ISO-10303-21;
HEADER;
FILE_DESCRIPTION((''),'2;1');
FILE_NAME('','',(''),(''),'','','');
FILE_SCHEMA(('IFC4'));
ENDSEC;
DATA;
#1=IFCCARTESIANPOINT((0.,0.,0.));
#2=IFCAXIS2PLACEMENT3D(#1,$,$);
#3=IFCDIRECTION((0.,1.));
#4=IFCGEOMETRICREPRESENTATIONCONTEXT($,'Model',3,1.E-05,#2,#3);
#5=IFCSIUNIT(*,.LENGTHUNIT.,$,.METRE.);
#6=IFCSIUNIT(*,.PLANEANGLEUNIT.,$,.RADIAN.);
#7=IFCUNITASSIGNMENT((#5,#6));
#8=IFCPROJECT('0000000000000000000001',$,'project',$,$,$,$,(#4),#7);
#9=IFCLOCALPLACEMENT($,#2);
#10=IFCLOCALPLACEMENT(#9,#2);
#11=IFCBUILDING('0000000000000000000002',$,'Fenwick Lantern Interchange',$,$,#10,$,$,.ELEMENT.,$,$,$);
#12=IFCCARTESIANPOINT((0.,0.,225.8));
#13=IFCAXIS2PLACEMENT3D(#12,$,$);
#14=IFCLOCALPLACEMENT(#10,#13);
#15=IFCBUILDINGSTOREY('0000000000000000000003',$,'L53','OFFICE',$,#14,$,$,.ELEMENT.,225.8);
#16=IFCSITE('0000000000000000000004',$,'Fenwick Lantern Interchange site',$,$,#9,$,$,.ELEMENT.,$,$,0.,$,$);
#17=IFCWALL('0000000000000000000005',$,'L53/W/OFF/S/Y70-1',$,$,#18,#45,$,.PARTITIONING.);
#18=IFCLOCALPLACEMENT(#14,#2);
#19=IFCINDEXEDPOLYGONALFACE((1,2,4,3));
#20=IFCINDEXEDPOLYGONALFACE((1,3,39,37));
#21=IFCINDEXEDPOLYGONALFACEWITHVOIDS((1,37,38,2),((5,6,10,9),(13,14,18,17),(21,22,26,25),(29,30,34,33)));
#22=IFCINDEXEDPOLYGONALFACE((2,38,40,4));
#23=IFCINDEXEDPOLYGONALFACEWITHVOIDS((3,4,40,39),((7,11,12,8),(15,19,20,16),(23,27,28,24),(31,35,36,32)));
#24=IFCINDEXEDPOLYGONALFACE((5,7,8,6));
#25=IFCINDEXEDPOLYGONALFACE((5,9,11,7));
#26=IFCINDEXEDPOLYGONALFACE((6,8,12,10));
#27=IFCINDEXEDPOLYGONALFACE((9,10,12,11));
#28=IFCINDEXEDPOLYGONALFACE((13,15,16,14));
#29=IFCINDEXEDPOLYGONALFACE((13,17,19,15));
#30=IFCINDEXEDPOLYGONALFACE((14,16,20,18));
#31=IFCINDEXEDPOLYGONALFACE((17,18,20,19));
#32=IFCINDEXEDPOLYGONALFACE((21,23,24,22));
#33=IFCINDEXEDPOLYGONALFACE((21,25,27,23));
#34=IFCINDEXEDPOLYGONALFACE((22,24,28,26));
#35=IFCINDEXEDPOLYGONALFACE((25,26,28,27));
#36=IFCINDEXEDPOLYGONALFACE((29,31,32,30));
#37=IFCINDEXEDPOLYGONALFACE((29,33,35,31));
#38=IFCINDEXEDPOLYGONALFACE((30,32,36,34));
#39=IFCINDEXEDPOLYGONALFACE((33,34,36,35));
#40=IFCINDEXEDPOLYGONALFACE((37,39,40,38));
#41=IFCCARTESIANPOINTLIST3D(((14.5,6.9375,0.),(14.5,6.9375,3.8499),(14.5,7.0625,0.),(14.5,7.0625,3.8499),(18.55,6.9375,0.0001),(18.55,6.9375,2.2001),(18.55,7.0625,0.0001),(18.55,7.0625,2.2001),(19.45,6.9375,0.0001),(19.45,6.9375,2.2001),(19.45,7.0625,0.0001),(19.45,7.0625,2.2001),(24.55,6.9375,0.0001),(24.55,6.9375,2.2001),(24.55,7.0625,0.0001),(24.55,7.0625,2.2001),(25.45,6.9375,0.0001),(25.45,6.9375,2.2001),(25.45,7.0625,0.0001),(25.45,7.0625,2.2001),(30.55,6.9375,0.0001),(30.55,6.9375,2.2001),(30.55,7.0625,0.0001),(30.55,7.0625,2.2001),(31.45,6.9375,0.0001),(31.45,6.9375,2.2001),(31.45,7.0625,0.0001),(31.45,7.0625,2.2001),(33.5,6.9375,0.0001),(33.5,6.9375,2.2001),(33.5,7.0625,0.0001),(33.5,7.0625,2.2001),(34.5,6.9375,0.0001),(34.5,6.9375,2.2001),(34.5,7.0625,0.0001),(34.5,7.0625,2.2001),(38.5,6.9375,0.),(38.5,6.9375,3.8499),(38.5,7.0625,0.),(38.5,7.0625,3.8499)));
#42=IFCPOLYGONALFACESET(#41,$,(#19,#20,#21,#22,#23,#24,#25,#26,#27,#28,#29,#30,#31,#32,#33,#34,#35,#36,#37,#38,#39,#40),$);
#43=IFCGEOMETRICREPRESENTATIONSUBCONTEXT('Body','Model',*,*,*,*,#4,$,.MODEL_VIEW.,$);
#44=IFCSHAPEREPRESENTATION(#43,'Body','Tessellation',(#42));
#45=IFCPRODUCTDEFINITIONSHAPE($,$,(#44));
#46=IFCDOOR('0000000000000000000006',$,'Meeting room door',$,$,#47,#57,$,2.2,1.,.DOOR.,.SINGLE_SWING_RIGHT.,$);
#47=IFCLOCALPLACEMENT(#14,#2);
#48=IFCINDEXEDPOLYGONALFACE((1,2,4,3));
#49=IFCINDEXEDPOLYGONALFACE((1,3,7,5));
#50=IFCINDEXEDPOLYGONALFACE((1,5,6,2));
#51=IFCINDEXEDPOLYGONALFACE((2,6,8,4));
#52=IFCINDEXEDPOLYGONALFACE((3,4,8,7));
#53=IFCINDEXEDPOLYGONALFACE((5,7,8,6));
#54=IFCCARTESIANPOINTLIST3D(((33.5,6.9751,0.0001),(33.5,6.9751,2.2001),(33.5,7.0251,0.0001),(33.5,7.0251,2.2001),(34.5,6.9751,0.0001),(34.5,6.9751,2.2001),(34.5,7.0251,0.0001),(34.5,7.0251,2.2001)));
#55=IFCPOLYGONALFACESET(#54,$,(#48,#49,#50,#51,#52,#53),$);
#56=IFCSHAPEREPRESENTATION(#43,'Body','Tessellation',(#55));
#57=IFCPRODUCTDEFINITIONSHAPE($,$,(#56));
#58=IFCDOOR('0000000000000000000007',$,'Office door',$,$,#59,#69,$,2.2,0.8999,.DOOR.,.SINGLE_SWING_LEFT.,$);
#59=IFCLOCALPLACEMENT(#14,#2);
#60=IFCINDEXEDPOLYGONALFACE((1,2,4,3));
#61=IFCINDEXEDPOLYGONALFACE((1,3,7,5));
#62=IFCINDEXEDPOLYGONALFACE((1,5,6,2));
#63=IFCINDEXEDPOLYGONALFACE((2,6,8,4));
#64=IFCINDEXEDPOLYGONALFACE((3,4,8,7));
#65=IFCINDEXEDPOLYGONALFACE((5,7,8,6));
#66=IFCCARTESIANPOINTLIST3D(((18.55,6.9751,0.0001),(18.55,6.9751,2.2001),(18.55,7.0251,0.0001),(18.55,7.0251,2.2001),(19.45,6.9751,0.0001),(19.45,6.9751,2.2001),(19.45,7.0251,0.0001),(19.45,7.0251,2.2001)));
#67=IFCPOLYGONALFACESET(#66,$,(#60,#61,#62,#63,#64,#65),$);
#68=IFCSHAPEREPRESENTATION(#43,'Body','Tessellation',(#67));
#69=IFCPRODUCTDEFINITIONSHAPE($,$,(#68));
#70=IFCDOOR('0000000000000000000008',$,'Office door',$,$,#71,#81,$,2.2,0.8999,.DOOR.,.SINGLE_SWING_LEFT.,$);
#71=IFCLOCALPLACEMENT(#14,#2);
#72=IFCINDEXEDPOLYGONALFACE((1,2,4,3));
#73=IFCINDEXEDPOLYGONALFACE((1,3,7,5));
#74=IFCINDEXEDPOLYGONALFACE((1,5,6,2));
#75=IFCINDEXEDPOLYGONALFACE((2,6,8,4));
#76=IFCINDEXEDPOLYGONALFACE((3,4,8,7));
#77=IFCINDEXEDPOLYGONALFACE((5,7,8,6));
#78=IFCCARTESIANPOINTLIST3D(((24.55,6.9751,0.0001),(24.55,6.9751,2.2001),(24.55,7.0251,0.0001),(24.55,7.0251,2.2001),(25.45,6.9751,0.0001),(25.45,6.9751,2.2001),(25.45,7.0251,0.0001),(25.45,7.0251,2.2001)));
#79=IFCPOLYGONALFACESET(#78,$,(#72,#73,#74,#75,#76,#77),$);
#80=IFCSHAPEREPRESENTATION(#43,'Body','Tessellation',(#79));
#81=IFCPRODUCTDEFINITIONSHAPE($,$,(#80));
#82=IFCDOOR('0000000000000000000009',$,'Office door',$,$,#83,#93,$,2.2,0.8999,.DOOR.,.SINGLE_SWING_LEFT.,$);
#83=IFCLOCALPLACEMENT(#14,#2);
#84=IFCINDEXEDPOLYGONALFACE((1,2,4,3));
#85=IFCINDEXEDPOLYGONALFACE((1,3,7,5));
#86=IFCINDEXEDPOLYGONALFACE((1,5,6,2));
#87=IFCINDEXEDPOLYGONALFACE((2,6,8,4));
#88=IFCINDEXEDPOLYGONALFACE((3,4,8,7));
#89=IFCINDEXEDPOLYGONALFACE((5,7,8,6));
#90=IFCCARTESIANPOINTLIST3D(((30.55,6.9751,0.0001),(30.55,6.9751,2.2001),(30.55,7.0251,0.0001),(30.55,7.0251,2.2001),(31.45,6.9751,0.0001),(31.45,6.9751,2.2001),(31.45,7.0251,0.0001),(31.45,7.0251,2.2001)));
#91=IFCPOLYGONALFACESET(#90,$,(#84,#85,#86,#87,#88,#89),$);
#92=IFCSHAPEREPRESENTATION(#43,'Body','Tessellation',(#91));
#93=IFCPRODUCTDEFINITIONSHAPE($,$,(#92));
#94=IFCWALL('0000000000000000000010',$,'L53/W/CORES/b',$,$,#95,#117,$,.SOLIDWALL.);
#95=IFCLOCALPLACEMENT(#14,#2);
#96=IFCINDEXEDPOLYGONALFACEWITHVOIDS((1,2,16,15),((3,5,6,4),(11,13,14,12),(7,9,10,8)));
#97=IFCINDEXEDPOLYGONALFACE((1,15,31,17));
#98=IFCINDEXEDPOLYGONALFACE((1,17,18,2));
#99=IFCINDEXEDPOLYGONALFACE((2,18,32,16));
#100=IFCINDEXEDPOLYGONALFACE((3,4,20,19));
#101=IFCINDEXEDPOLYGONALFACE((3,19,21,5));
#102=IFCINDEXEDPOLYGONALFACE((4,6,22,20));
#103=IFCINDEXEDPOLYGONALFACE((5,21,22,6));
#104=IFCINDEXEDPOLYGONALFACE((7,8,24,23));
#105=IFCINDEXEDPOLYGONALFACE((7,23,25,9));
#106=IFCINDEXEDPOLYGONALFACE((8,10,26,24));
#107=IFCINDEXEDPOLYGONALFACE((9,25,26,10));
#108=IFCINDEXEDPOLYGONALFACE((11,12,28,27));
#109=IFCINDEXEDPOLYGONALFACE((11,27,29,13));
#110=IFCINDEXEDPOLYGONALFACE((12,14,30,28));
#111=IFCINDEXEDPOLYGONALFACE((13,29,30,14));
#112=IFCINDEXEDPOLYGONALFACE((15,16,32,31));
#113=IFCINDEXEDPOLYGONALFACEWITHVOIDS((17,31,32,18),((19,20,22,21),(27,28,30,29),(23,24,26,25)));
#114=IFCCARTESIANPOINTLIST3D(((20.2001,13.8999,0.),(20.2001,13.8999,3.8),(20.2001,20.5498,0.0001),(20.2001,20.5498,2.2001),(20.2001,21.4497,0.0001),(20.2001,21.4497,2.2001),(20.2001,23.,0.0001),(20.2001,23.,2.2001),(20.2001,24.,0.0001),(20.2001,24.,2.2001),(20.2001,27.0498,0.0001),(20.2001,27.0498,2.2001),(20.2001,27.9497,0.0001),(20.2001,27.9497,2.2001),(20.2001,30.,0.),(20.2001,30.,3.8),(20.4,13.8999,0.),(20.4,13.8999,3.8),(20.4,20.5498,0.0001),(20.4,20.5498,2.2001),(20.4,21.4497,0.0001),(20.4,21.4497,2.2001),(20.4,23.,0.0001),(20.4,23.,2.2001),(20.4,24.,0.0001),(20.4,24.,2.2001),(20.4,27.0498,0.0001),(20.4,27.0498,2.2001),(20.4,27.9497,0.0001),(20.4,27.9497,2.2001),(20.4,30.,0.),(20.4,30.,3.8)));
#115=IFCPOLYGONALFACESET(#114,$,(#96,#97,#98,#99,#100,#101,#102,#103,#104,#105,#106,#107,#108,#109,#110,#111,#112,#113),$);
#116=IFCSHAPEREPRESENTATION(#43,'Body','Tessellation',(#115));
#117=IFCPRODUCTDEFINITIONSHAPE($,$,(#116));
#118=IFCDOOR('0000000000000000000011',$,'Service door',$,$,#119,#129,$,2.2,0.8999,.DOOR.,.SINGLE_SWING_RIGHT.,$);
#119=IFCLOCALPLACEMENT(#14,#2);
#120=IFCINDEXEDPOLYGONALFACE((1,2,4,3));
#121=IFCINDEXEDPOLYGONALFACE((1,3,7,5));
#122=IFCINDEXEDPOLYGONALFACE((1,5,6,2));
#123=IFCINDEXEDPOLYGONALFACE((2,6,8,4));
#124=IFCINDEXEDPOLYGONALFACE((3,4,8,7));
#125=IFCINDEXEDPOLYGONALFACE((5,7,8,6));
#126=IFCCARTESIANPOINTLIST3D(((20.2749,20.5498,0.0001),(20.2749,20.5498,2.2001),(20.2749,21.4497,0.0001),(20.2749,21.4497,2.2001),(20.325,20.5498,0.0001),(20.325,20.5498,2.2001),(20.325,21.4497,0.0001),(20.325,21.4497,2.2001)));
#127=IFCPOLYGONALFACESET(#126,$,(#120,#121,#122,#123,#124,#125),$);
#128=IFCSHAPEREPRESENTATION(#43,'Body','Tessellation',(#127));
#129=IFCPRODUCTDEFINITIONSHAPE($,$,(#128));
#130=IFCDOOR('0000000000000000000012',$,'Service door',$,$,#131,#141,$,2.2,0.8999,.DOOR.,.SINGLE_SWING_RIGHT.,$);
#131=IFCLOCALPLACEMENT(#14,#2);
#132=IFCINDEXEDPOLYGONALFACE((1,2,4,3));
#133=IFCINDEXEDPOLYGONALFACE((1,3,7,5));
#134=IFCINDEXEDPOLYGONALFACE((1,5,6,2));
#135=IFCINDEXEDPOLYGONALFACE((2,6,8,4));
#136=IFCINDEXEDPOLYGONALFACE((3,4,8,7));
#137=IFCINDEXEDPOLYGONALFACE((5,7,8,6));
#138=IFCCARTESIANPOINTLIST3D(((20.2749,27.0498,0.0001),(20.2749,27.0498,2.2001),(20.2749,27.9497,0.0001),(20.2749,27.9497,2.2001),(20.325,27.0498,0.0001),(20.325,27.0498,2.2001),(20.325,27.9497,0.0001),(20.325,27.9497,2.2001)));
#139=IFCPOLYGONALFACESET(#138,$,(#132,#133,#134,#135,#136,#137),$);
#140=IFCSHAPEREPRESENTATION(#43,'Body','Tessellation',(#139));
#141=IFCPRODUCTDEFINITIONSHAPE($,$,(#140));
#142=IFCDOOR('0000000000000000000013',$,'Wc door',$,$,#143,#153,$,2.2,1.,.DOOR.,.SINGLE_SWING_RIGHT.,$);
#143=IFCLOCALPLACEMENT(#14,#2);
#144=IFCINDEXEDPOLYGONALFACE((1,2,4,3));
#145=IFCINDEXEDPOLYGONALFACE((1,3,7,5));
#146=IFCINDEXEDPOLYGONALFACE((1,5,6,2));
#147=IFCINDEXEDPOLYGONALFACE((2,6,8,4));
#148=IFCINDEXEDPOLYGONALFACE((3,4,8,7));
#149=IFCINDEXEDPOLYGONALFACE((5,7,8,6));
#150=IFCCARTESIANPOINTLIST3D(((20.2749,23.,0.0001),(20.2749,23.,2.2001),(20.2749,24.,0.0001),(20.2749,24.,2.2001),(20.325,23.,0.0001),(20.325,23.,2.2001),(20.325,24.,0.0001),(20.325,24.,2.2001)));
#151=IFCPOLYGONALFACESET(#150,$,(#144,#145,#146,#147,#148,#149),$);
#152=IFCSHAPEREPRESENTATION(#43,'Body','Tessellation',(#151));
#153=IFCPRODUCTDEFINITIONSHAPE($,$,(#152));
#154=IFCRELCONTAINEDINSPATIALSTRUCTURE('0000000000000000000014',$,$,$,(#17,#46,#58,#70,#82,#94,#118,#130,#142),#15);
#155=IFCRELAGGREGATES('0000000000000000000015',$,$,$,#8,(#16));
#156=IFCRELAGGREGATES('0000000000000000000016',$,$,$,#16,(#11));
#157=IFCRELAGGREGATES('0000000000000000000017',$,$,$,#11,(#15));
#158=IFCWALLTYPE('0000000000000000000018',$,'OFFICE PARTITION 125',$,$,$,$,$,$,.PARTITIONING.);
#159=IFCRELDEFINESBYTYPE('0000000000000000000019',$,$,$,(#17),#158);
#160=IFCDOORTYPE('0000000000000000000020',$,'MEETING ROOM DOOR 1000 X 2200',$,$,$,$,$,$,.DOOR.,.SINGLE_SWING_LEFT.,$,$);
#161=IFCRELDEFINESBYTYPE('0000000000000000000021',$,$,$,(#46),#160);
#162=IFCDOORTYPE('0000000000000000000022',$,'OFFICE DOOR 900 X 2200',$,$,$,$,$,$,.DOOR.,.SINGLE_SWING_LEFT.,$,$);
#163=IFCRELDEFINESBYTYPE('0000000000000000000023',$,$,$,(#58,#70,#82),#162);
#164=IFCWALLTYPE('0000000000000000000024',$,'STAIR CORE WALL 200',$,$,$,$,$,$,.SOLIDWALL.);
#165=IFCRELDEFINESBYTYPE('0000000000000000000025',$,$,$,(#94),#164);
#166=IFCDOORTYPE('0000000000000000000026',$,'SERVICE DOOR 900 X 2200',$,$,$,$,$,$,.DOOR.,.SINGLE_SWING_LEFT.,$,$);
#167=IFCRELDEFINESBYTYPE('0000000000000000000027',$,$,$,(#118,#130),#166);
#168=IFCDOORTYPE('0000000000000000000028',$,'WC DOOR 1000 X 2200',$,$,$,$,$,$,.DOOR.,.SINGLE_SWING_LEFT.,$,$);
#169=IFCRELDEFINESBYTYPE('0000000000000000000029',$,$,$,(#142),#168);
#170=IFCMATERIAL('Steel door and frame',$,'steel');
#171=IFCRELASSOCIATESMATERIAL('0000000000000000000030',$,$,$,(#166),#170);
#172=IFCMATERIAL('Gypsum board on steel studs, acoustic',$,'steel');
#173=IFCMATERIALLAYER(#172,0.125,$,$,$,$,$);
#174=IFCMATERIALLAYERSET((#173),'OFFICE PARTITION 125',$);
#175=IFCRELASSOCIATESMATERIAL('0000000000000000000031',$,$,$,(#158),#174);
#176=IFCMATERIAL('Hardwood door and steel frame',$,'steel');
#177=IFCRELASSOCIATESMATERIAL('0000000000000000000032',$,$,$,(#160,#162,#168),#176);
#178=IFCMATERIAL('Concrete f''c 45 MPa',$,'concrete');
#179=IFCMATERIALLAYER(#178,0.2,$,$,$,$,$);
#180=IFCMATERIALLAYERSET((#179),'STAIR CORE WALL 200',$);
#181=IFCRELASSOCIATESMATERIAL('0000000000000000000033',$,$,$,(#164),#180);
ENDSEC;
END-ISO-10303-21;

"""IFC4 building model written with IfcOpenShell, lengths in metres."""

from ifc_helpers import new_model, si_unit, direction, frame, frame_2d, origin, place, context, subcontext, project, spatial, rectangle, extrude, material, layer, layer_set, type_object, element, fill, save


model = new_model("IFC4")

# Units and contexts
model_context = context("Model", 3, precision=1e-05, world=origin(), true_north=direction((0.0, 1.0)))
body_context = subcontext(model_context, "Body", "Model", "MODEL_VIEW")
ifc_project = project(units=[si_unit("LENGTHUNIT", "METRE"), si_unit("PLANEANGLEUNIT", "RADIAN")], contexts=[model_context])

# Site, building, storey
site_placement = place(None, origin())
site = spatial("IfcSite", under=ifc_project, at=site_placement, Name="Fenwick Lantern Interchange site", CompositionType="ELEMENT", RefElevation=0.0)
building_placement = place(site_placement, origin())
building = spatial("IfcBuilding", under=site, at=building_placement, Name="Fenwick Lantern Interchange", CompositionType="ELEMENT")
storey_placement = place(building_placement, frame((0.0, 0.0, 225.8)))
storey = spatial("IfcBuildingStorey", under=building, at=storey_placement, Name="L53", Description="OFFICE", CompositionType="ELEMENT", Elevation=225.8)

# Shared definitions
ifc_material_1 = material(Name="Steel door and frame", Category="steel")
door_type_1 = type_object("IfcDoorType", Name="SERVICE DOOR 900 X 2200", OperationType="SINGLE_SWING_LEFT", PredefinedType="DOOR", material=ifc_material_1)

# Walls, openings, doors
ifc_material_2 = material(Name="Gypsum board on steel studs, acoustic", Category="steel")
ifc_layer_1 = layer(ifc_material_2, 0.125)
ifc_layer_set_1 = layer_set([ifc_layer_1], Name="OFFICE PARTITION 125")
wall_type_1 = type_object("IfcWallType", Name="OFFICE PARTITION 125", PredefinedType="PARTITIONING", material=ifc_layer_set_1)
wall_1_placement = place(storey_placement, frame((14.5, 7.0, 0.0), z_axis=(0.0, 0.0, 1.0), x_axis=(1.0, 0.0, 0.0)))
wall_1 = element("IfcWall", 1, at=wall_1_placement, inside=storey, type_object=wall_type_1, Name="L53/W/OFF/S/Y70-1", PredefinedType="PARTITIONING", context=body_context, shape_type="SweptSolid", body=[
    extrude(rectangle(XDim=24.0, YDim=0.125, at=frame_2d((12.0, 0.0))), origin(), (0.0, 0.0, 1.0), 3.8499),
])
opening_1_placement = place(wall_1_placement, frame((4.05, 0.0, 0.0)))
opening_1 = element("IfcOpeningElement", 2, at=opening_1_placement, cuts=wall_1, PredefinedType="OPENING", context=body_context, shape_type="SweptSolid", body=[
    extrude(rectangle(XDim=0.8999, YDim=2.2, at=frame_2d((0.45, 1.1001))), frame((0.0, 0.0725, 0.0), z_axis=(0.0, -1.0, 0.0), x_axis=(1.0, 0.0, 0.0)), (0.0, 0.0, 1.0), 0.145),
])
opening_2_placement = place(wall_1_placement, frame((10.05, 0.0, 0.0)))
opening_2 = element("IfcOpeningElement", 3, at=opening_2_placement, cuts=wall_1, PredefinedType="OPENING", context=body_context, shape_type="SweptSolid", body=[
    extrude(rectangle(XDim=0.8999, YDim=2.2, at=frame_2d((0.45, 1.1001))), frame((0.0, 0.0725, 0.0), z_axis=(0.0, -1.0, 0.0), x_axis=(1.0, 0.0, 0.0)), (0.0, 0.0, 1.0), 0.145),
])
opening_3_placement = place(wall_1_placement, frame((16.05, 0.0, 0.0)))
opening_3 = element("IfcOpeningElement", 4, at=opening_3_placement, cuts=wall_1, PredefinedType="OPENING", context=body_context, shape_type="SweptSolid", body=[
    extrude(rectangle(XDim=0.8999, YDim=2.2, at=frame_2d((0.45, 1.1001))), frame((0.0, 0.0725, 0.0), z_axis=(0.0, -1.0, 0.0), x_axis=(1.0, 0.0, 0.0)), (0.0, 0.0, 1.0), 0.145),
])
opening_4_placement = place(wall_1_placement, frame((19.0, 0.0, 0.0)))
opening_4 = element("IfcOpeningElement", 5, at=opening_4_placement, cuts=wall_1, PredefinedType="OPENING", context=body_context, shape_type="SweptSolid", body=[
    extrude(rectangle(XDim=1.0, YDim=2.2, at=frame_2d((0.5, 1.1001))), frame((0.0, 0.0725, 0.0), z_axis=(0.0, -1.0, 0.0), x_axis=(1.0, 0.0, 0.0)), (0.0, 0.0, 1.0), 0.145),
])
ifc_material_3 = material(Name="Hardwood door and steel frame", Category="steel")
door_type_2 = type_object("IfcDoorType", Name="MEETING ROOM DOOR 1000 X 2200", OperationType="SINGLE_SWING_LEFT", PredefinedType="DOOR", material=ifc_material_3)
door_1_placement = place(opening_4_placement, frame((1.0, 0.0, 0.0), z_axis=(0.0, 0.0, 1.0), x_axis=(-1.0, 0.0, 0.0)))
door_1 = element("IfcDoor", 6, at=door_1_placement, inside=storey, type_object=door_type_2, Name="Meeting room door", OperationType="SINGLE_SWING_RIGHT", OverallHeight=2.2, OverallWidth=1.0, PredefinedType="DOOR", context=body_context, shape_type="SweptSolid", body=[
    extrude(rectangle(XDim=1.0, YDim=2.2, at=frame_2d((0.5, 1.1001))), frame((0.0, 0.0249, 0.0), z_axis=(0.0, -1.0, 0.0), x_axis=(1.0, 0.0, 0.0)), (0.0, 0.0, 1.0), 0.05),
])
fill(opening_4, door_1)
door_type_3 = type_object("IfcDoorType", Name="OFFICE DOOR 900 X 2200", OperationType="SINGLE_SWING_LEFT", PredefinedType="DOOR", material=ifc_material_3)
door_2_placement = place(opening_1_placement, frame((0.8999, 0.0, 0.0), z_axis=(0.0, 0.0, 1.0), x_axis=(-1.0, 0.0, 0.0)))
door_2 = element("IfcDoor", 7, at=door_2_placement, inside=storey, type_object=door_type_3, Name="Office door", OperationType="SINGLE_SWING_LEFT", OverallHeight=2.2, OverallWidth=0.8999, PredefinedType="DOOR", context=body_context, shape_type="SweptSolid", body=[
    extrude(rectangle(XDim=0.8999, YDim=2.2, at=frame_2d((0.45, 1.1001))), frame((0.0, 0.0249, 0.0), z_axis=(0.0, -1.0, 0.0), x_axis=(1.0, 0.0, 0.0)), (0.0, 0.0, 1.0), 0.05),
])
fill(opening_1, door_2)
door_3_placement = place(opening_2_placement, frame((0.8999, 0.0, 0.0), z_axis=(0.0, 0.0, 1.0), x_axis=(-1.0, 0.0, 0.0)))
door_3 = element("IfcDoor", 8, at=door_3_placement, inside=storey, type_object=door_type_3, Name="Office door", OperationType="SINGLE_SWING_LEFT", OverallHeight=2.2, OverallWidth=0.8999, PredefinedType="DOOR", context=body_context, shape_type="SweptSolid", body=[
    extrude(rectangle(XDim=0.8999, YDim=2.2, at=frame_2d((0.45, 1.1001))), frame((0.0, 0.0249, 0.0), z_axis=(0.0, -1.0, 0.0), x_axis=(1.0, 0.0, 0.0)), (0.0, 0.0, 1.0), 0.05),
])
fill(opening_2, door_3)
door_4_placement = place(opening_3_placement, frame((0.8999, 0.0, 0.0), z_axis=(0.0, 0.0, 1.0), x_axis=(-1.0, 0.0, 0.0)))
door_4 = element("IfcDoor", 9, at=door_4_placement, inside=storey, type_object=door_type_3, Name="Office door", OperationType="SINGLE_SWING_LEFT", OverallHeight=2.2, OverallWidth=0.8999, PredefinedType="DOOR", context=body_context, shape_type="SweptSolid", body=[
    extrude(rectangle(XDim=0.8999, YDim=2.2, at=frame_2d((0.45, 1.1001))), frame((0.0, 0.0249, 0.0), z_axis=(0.0, -1.0, 0.0), x_axis=(1.0, 0.0, 0.0)), (0.0, 0.0, 1.0), 0.05),
])
fill(opening_3, door_4)
ifc_material_4 = material(Name="Concrete f'c 45 MPa", Category="concrete")
ifc_layer_2 = layer(ifc_material_4, 0.2)
ifc_layer_set_2 = layer_set([ifc_layer_2], Name="STAIR CORE WALL 200")
wall_type_2 = type_object("IfcWallType", Name="STAIR CORE WALL 200", PredefinedType="SOLIDWALL", material=ifc_layer_set_2)
wall_2_placement = place(storey_placement, frame((20.3, 13.8999, 0.0), z_axis=(0.0, 0.0, 1.0), x_axis=(0.0, 1.0, 0.0)))
wall_2 = element("IfcWall", 10, at=wall_2_placement, inside=storey, type_object=wall_type_2, Name="L53/W/CORES/b", PredefinedType="SOLIDWALL", context=body_context, shape_type="SweptSolid", body=[
    extrude(rectangle(XDim=16.1001, YDim=0.2, at=frame_2d((8.05, 0.0))), origin(), (0.0, 0.0, 1.0), 3.8),
])
opening_5_placement = place(wall_2_placement, frame((6.6499, 0.0, 0.0)))
opening_5 = element("IfcOpeningElement", 11, at=opening_5_placement, cuts=wall_2, PredefinedType="OPENING", context=body_context, shape_type="SweptSolid", body=[
    extrude(rectangle(XDim=0.8999, YDim=2.2, at=frame_2d((0.45, 1.1001))), frame((0.0, 0.1099, 0.0), z_axis=(0.0, -1.0, 0.0), x_axis=(1.0, 0.0, 0.0)), (0.0, 0.0, 1.0), 0.22),
])
opening_6_placement = place(wall_2_placement, frame((9.1001, 0.0, 0.0)))
opening_6 = element("IfcOpeningElement", 12, at=opening_6_placement, cuts=wall_2, PredefinedType="OPENING", context=body_context, shape_type="SweptSolid", body=[
    extrude(rectangle(XDim=1.0, YDim=2.2, at=frame_2d((0.5, 1.1001))), frame((0.0, 0.1099, 0.0), z_axis=(0.0, -1.0, 0.0), x_axis=(1.0, 0.0, 0.0)), (0.0, 0.0, 1.0), 0.22),
])
opening_7_placement = place(wall_2_placement, frame((13.1499, 0.0, 0.0)))
opening_7 = element("IfcOpeningElement", 13, at=opening_7_placement, cuts=wall_2, PredefinedType="OPENING", context=body_context, shape_type="SweptSolid", body=[
    extrude(rectangle(XDim=0.8999, YDim=2.2, at=frame_2d((0.45, 1.1001))), frame((0.0, 0.1099, 0.0), z_axis=(0.0, -1.0, 0.0), x_axis=(1.0, 0.0, 0.0)), (0.0, 0.0, 1.0), 0.22),
])
door_5_placement = place(opening_5_placement, frame((0.8999, 0.0, 0.0), z_axis=(0.0, 0.0, 1.0), x_axis=(-1.0, 0.0, 0.0)))
door_5 = element("IfcDoor", 14, at=door_5_placement, inside=storey, type_object=door_type_1, Name="Service door", OperationType="SINGLE_SWING_RIGHT", OverallHeight=2.2, OverallWidth=0.8999, PredefinedType="DOOR", context=body_context, shape_type="SweptSolid", body=[
    extrude(rectangle(XDim=0.8999, YDim=2.2, at=frame_2d((0.45, 1.1001))), frame((0.0, 0.0249, 0.0), z_axis=(0.0, -1.0, 0.0), x_axis=(1.0, 0.0, 0.0)), (0.0, 0.0, 1.0), 0.05),
])
fill(opening_5, door_5)
door_6_placement = place(opening_7_placement, frame((0.8999, 0.0, 0.0), z_axis=(0.0, 0.0, 1.0), x_axis=(-1.0, 0.0, 0.0)))
door_6 = element("IfcDoor", 15, at=door_6_placement, inside=storey, type_object=door_type_1, Name="Service door", OperationType="SINGLE_SWING_RIGHT", OverallHeight=2.2, OverallWidth=0.8999, PredefinedType="DOOR", context=body_context, shape_type="SweptSolid", body=[
    extrude(rectangle(XDim=0.8999, YDim=2.2, at=frame_2d((0.45, 1.1001))), frame((0.0, 0.0249, 0.0), z_axis=(0.0, -1.0, 0.0), x_axis=(1.0, 0.0, 0.0)), (0.0, 0.0, 1.0), 0.05),
])
fill(opening_7, door_6)
door_type_4 = type_object("IfcDoorType", Name="WC DOOR 1000 X 2200", OperationType="SINGLE_SWING_LEFT", PredefinedType="DOOR", material=ifc_material_3)
door_7_placement = place(opening_6_placement, frame((1.0, 0.0, 0.0), z_axis=(0.0, 0.0, 1.0), x_axis=(-1.0, 0.0, 0.0)))
door_7 = element("IfcDoor", 16, at=door_7_placement, inside=storey, type_object=door_type_4, Name="Wc door", OperationType="SINGLE_SWING_RIGHT", OverallHeight=2.2, OverallWidth=1.0, PredefinedType="DOOR", context=body_context, shape_type="SweptSolid", body=[
    extrude(rectangle(XDim=1.0, YDim=2.2, at=frame_2d((0.5, 1.1001))), frame((0.0, 0.0249, 0.0), z_axis=(0.0, -1.0, 0.0), x_axis=(1.0, 0.0, 0.0)), (0.0, 0.0, 1.0), 0.05),
])
fill(opening_6, door_7)

save(model, "model.ifc")
